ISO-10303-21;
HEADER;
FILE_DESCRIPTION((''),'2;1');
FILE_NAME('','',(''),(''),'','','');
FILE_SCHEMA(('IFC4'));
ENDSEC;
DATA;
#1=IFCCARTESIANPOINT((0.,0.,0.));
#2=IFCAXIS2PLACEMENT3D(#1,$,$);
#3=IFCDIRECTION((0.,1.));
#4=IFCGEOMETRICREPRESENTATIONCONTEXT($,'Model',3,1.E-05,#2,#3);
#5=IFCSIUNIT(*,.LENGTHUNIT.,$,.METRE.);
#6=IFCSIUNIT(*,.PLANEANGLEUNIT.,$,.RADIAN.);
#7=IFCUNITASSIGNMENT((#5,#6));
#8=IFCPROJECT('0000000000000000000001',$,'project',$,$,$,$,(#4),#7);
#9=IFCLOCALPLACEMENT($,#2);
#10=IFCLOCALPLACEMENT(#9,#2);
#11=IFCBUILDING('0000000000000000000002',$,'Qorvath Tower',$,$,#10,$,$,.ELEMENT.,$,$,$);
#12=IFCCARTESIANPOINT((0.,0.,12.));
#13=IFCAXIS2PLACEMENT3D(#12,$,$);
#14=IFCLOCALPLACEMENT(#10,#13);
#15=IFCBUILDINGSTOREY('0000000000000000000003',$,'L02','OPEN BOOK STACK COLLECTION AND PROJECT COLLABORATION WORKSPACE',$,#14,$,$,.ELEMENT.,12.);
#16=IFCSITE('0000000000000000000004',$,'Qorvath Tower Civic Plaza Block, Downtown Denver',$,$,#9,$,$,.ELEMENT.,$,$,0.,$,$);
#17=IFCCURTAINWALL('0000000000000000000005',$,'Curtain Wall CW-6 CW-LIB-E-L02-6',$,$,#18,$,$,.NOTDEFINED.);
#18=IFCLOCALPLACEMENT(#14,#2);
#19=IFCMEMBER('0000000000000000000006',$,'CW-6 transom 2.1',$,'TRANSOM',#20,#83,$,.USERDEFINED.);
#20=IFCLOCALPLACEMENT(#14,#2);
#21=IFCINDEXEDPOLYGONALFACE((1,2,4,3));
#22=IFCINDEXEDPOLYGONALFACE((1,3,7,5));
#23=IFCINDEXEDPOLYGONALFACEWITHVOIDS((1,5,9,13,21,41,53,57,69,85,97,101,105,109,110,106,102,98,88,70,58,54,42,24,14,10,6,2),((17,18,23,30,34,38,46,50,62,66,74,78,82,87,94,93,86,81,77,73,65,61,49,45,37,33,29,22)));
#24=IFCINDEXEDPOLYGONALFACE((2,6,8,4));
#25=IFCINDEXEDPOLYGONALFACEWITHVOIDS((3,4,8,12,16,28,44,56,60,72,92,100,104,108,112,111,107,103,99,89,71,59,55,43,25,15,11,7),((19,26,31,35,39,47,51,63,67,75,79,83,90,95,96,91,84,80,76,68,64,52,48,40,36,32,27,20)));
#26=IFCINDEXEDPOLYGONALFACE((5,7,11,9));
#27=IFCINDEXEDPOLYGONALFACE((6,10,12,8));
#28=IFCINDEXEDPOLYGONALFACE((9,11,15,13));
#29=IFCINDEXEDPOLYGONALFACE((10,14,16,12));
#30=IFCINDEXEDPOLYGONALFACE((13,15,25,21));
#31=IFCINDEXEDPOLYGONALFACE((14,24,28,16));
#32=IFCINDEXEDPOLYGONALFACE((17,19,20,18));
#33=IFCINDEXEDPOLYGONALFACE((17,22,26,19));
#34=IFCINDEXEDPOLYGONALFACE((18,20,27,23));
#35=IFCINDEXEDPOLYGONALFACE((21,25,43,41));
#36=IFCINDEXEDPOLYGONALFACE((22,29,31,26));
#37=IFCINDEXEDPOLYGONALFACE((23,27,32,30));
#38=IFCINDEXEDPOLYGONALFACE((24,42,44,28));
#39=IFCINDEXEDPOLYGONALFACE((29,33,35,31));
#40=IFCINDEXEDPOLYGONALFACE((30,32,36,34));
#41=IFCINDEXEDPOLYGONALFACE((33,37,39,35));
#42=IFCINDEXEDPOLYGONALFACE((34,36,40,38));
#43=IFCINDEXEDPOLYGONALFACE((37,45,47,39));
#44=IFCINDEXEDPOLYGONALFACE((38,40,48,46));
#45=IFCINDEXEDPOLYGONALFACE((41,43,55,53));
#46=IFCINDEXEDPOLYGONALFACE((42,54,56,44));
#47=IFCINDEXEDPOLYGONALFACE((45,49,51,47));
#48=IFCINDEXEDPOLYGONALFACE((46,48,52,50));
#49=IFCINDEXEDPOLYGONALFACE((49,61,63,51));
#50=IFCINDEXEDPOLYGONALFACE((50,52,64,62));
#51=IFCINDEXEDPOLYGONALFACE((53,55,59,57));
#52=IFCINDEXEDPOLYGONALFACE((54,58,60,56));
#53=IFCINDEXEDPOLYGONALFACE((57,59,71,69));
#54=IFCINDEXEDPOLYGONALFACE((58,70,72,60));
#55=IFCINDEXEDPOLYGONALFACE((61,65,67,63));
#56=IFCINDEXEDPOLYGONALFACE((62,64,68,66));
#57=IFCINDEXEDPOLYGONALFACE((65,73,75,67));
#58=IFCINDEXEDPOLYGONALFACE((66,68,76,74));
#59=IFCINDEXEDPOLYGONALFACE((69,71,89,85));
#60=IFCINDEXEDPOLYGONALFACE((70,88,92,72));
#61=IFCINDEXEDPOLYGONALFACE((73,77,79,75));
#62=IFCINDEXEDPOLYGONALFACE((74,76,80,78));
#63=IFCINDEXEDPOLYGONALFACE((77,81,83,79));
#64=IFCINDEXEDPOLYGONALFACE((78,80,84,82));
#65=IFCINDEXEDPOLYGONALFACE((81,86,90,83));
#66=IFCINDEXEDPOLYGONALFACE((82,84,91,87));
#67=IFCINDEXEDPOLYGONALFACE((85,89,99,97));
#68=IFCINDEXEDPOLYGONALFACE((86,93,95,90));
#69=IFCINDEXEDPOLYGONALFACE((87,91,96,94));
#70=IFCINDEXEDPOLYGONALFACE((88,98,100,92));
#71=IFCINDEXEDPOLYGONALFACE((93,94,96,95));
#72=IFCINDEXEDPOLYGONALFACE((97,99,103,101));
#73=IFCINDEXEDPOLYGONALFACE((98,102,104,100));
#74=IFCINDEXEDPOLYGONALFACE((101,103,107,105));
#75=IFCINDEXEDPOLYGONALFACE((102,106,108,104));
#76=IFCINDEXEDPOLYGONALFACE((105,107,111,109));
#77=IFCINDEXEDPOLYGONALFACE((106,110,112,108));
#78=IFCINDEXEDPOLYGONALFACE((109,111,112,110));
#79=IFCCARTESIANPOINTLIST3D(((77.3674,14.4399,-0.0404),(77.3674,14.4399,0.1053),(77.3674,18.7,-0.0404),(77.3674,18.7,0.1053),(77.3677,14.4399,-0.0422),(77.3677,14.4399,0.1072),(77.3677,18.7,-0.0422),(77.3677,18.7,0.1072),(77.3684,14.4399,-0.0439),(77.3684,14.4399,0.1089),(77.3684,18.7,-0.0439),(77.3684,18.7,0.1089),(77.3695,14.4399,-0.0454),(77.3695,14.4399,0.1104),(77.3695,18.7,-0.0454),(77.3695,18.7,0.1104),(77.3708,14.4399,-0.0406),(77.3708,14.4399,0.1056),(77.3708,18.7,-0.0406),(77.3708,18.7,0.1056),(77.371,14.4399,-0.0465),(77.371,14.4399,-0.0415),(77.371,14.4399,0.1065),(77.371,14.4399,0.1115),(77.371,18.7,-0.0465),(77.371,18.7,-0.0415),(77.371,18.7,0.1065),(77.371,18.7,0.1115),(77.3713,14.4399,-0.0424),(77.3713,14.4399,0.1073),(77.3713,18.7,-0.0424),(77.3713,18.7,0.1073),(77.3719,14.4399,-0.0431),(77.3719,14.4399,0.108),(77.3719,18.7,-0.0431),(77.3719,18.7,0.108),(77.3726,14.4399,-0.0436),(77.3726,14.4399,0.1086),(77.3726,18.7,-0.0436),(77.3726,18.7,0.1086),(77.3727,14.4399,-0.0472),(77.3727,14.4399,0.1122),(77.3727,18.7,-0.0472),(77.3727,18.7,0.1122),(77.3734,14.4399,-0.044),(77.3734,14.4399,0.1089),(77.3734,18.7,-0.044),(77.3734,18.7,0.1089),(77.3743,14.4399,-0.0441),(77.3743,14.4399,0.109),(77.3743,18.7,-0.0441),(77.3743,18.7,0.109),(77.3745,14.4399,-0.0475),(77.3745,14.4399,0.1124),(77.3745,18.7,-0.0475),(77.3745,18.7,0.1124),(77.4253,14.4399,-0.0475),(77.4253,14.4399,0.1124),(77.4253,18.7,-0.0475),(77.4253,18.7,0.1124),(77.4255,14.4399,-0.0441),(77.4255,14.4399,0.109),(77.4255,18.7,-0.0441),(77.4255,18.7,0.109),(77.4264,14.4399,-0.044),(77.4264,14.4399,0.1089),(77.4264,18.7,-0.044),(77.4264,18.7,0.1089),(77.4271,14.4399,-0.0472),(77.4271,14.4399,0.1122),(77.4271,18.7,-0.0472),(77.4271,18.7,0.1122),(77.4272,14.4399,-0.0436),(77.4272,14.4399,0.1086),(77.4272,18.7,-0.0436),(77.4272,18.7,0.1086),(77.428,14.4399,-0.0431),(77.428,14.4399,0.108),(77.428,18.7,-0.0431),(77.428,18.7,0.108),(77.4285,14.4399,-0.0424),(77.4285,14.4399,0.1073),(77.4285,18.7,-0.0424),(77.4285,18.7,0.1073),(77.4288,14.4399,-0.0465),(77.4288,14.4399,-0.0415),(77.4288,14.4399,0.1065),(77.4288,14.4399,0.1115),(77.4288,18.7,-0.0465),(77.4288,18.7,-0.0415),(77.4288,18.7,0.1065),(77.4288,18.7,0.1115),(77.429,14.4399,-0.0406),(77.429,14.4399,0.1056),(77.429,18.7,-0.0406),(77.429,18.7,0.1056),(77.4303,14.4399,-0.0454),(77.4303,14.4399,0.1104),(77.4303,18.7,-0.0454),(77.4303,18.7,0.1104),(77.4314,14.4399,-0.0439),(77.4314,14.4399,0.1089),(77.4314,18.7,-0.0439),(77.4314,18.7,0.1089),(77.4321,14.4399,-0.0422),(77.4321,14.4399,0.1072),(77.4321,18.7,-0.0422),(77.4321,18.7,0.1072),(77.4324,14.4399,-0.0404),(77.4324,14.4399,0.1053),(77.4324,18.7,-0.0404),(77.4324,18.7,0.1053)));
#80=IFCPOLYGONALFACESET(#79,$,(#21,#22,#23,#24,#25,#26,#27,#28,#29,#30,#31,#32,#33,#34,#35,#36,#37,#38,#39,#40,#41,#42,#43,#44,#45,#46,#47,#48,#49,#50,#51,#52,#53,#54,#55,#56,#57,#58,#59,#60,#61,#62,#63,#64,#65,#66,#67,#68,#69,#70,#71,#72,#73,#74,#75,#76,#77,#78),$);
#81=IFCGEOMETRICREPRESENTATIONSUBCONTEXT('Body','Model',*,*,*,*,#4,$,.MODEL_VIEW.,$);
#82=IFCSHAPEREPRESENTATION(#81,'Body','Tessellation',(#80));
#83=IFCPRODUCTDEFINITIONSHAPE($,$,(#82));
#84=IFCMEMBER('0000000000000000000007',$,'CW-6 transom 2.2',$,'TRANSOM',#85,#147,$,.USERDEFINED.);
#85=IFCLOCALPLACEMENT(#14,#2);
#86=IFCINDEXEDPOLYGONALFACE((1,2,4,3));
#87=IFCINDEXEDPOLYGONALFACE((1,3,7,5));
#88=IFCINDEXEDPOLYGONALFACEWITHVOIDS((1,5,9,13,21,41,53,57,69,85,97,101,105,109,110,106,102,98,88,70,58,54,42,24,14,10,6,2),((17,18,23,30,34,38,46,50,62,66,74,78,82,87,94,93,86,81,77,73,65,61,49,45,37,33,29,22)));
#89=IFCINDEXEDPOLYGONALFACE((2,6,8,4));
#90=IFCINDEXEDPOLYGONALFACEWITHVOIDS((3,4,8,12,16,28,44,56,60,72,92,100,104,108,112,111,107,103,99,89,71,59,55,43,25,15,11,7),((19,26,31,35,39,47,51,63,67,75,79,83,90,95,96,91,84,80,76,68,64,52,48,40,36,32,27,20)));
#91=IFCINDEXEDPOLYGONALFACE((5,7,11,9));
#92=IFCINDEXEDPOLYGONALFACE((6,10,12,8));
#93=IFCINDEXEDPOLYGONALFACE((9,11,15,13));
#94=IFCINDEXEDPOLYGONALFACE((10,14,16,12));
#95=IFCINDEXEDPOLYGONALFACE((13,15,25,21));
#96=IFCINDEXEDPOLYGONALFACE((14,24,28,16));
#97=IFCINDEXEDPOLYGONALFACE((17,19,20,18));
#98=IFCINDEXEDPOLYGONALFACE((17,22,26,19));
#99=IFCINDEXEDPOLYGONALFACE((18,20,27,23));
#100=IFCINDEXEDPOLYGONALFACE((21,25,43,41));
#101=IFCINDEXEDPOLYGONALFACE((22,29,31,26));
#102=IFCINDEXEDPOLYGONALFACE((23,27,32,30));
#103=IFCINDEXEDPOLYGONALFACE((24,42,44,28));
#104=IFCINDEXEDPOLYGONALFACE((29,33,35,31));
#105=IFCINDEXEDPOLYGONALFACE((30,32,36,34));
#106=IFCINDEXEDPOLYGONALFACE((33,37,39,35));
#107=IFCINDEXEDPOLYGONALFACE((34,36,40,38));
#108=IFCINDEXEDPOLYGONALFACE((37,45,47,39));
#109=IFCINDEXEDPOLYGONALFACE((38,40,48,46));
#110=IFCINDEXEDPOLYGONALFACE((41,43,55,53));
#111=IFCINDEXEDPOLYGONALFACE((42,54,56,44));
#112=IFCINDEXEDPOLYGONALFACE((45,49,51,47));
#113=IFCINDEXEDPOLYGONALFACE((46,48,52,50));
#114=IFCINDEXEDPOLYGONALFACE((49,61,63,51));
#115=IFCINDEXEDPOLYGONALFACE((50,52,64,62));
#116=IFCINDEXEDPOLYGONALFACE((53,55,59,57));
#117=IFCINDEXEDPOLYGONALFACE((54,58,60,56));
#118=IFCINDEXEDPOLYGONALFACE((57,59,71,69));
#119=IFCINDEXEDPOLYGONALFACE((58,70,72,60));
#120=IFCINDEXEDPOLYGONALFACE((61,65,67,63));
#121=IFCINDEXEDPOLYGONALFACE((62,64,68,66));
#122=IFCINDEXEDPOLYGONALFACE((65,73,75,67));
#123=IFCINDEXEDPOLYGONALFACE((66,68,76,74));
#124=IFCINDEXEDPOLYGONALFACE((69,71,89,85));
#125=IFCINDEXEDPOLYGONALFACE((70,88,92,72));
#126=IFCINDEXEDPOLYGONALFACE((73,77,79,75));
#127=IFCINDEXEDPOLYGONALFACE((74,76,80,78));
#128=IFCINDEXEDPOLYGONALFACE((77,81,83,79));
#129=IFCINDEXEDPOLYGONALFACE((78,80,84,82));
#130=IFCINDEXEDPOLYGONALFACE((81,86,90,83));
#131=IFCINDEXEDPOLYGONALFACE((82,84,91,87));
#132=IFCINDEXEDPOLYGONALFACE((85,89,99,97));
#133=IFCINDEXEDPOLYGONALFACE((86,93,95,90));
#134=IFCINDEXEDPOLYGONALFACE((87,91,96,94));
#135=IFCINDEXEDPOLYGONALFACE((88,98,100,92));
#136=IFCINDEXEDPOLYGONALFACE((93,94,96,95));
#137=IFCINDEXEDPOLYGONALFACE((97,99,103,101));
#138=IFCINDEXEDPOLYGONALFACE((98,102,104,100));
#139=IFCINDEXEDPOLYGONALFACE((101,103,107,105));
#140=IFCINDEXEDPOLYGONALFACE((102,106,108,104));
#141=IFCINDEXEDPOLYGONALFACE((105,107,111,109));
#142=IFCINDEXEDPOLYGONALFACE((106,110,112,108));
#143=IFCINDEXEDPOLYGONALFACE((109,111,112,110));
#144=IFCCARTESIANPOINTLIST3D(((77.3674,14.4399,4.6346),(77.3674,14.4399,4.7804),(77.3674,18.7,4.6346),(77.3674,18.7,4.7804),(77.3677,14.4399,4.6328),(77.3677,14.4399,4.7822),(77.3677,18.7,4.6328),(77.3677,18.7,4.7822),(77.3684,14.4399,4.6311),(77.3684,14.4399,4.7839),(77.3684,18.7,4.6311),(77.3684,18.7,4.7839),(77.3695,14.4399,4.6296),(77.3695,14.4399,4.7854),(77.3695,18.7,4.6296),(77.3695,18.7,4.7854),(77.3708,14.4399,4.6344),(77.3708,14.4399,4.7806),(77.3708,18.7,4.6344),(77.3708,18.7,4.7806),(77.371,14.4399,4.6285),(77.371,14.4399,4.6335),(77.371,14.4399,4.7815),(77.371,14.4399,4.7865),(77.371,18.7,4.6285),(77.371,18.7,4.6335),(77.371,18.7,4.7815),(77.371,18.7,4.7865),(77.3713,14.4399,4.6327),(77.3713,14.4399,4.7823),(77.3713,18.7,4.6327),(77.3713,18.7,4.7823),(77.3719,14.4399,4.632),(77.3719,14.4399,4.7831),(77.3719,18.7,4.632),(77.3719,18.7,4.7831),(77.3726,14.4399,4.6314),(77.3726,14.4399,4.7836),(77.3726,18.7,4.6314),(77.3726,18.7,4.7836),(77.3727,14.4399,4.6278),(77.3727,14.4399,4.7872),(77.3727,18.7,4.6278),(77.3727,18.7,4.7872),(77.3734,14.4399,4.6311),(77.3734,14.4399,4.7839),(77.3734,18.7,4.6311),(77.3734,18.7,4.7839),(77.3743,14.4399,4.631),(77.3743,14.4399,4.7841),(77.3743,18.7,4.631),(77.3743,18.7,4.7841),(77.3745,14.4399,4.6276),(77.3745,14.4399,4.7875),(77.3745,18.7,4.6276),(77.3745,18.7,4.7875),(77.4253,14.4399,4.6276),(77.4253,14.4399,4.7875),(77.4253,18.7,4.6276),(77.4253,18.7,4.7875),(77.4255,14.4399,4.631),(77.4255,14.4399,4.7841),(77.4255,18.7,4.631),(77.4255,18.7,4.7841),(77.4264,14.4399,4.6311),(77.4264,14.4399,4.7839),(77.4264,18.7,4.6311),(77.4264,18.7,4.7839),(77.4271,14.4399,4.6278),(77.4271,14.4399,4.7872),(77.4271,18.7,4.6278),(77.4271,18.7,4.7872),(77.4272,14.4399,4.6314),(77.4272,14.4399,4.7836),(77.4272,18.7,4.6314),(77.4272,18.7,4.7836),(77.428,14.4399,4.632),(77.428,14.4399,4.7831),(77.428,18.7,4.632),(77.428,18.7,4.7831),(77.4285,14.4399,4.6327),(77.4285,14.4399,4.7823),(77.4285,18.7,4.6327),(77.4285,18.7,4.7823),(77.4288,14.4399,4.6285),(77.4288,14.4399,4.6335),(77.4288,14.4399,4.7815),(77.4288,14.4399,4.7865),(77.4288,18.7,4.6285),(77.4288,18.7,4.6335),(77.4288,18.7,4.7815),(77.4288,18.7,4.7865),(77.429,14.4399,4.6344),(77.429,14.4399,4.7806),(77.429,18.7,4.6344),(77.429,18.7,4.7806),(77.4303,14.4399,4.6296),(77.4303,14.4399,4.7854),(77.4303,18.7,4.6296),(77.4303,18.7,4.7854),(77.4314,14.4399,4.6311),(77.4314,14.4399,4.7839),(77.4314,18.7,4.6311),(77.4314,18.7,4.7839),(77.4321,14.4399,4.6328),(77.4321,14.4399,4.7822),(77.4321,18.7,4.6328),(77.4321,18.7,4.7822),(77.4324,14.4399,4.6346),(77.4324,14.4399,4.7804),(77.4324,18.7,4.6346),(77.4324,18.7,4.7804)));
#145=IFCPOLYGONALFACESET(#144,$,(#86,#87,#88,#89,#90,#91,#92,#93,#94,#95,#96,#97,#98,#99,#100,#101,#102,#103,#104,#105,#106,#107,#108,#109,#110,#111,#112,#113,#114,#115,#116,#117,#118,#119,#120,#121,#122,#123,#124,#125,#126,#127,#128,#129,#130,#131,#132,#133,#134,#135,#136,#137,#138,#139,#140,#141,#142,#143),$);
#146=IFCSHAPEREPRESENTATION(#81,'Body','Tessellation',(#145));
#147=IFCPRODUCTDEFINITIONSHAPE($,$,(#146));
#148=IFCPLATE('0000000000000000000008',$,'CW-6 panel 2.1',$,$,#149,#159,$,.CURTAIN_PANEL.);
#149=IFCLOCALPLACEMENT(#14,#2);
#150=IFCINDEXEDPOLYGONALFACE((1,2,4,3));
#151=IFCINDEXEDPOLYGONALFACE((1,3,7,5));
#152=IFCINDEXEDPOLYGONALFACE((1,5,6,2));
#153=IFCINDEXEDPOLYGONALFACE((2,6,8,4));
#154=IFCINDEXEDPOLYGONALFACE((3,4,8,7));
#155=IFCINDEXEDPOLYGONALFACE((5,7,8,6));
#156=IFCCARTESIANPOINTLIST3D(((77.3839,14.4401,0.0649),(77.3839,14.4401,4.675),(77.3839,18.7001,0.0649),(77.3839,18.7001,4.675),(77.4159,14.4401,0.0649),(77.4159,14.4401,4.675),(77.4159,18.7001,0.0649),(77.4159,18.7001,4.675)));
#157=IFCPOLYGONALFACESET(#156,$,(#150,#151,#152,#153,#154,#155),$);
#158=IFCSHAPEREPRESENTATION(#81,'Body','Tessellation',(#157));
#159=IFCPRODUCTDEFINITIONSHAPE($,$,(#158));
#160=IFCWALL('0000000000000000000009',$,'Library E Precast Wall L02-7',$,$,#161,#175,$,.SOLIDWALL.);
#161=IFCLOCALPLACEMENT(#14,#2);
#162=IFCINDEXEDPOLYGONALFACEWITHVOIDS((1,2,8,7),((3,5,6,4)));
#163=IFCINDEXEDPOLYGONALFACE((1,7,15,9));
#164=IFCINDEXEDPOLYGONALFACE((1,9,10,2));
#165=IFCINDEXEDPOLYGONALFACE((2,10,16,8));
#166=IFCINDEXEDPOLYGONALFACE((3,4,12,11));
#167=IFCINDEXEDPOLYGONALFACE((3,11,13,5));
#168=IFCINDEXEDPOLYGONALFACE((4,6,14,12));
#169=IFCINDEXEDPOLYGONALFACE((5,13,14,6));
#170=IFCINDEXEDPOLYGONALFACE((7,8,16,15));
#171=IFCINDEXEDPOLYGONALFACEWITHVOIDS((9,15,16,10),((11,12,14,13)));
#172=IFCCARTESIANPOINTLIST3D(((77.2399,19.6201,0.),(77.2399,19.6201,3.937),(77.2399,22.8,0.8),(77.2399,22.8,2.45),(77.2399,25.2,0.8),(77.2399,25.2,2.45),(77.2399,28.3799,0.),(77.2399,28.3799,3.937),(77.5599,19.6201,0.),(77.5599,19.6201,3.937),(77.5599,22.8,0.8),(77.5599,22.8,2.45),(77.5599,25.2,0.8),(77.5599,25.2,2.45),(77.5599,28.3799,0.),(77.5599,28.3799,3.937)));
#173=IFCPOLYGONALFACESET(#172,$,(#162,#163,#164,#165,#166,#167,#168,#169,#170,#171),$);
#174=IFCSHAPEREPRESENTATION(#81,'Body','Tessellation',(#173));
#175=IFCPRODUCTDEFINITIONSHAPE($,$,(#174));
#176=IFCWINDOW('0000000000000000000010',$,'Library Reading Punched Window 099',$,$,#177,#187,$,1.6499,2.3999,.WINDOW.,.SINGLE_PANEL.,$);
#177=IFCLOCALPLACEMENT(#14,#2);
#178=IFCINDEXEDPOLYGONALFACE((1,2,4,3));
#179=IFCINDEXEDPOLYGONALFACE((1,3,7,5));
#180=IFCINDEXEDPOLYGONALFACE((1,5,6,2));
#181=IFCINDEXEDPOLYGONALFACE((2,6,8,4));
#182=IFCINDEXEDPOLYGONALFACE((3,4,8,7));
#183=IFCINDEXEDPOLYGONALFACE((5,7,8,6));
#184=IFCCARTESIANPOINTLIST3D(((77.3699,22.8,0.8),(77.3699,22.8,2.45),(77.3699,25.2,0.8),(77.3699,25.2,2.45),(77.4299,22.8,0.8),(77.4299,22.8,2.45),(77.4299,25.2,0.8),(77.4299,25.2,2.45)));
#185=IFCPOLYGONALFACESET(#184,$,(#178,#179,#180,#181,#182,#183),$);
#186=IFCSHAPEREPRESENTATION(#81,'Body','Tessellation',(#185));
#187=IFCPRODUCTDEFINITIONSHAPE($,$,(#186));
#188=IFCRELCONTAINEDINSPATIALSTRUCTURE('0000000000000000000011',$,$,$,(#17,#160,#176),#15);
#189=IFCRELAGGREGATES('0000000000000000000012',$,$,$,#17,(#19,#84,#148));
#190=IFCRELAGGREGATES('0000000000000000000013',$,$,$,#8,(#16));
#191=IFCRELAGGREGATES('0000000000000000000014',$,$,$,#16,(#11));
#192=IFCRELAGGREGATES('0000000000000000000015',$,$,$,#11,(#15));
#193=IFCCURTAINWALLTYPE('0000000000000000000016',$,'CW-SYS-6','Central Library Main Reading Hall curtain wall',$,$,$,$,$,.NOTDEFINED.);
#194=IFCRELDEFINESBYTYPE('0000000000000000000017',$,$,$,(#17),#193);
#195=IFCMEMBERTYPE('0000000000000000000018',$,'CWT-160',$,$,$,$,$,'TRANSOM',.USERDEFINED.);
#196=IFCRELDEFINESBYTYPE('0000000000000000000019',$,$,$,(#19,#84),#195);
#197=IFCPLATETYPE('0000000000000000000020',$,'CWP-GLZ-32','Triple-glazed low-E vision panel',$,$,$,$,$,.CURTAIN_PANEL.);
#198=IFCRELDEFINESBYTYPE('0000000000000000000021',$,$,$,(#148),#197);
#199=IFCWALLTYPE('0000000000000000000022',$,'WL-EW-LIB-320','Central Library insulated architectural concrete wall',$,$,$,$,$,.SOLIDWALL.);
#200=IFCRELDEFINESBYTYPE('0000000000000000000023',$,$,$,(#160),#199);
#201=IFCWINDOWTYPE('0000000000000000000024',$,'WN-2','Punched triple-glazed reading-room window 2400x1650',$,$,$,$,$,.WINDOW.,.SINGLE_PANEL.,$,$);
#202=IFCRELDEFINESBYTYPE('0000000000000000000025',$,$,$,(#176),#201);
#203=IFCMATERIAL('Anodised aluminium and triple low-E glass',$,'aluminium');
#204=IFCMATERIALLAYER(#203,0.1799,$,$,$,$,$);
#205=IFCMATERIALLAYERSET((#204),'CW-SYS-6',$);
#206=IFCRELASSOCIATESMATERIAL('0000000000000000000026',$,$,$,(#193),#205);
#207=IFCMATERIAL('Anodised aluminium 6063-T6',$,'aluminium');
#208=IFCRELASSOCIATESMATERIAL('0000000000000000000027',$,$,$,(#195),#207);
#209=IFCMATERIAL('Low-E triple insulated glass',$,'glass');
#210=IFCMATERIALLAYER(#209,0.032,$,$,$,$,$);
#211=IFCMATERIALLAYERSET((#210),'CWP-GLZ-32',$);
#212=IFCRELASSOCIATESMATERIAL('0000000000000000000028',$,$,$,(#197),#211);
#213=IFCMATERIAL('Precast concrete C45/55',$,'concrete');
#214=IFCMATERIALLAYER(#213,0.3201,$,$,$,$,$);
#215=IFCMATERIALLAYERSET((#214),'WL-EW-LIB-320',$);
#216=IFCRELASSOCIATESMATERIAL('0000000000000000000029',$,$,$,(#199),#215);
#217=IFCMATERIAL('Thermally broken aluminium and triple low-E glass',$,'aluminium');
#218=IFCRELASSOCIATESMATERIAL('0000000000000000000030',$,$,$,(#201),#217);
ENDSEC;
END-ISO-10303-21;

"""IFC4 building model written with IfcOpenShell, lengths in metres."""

from ifc_helpers import new_model, si_unit, direction, frame, frame_2d, origin, origin_2d, place, context, subcontext, project, spatial, rectangle, hollow_rectangle, extrude, material, layer, layer_set, material_profile, profile_set, type_object, element, fill, aggregate, save


model = new_model("IFC4")

# Units and contexts
model_context = context("Model", 3, precision=1e-05, world=origin(), true_north=direction((0.0, 1.0)))
body_context = subcontext(model_context, "Body", "Model", "MODEL_VIEW")
ifc_project = project(units=[si_unit("LENGTHUNIT", "METRE"), si_unit("PLANEANGLEUNIT", "RADIAN")], contexts=[model_context])

# Site, building, storey
site_placement = place(None, origin())
site = spatial("IfcSite", under=ifc_project, at=site_placement, Name="Qorvath Tower Civic Plaza Block, Downtown Denver", CompositionType="ELEMENT", RefElevation=0.0)
building_placement = place(site_placement, origin())
building = spatial("IfcBuilding", under=site, at=building_placement, Name="Qorvath Tower", CompositionType="ELEMENT")
storey_placement = place(building_placement, frame((0.0, 0.0, 12.0)))
storey = spatial("IfcBuildingStorey", under=building, at=storey_placement, Name="L02", Description="OPEN BOOK STACK COLLECTION AND PROJECT COLLABORATION WORKSPACE", CompositionType="ELEMENT", Elevation=12.0)

# Curtain wall, members, plate
ifc_material_1 = material(Name="Anodised aluminium and triple low-E glass", Category="aluminium")
ifc_layer_1 = layer(ifc_material_1, 0.1799)
ifc_layer_set_1 = layer_set([ifc_layer_1], Name="CW-SYS-6")
curtain_wall_type = type_object("IfcCurtainWallType", Name="CW-SYS-6", Description="Central Library Main Reading Hall curtain wall", PredefinedType="NOTDEFINED", material=ifc_layer_set_1)
curtain_wall_placement = place(storey_placement, origin())
curtain_wall = element("IfcCurtainWall", 1, at=curtain_wall_placement, inside=storey, type_object=curtain_wall_type, Name="Curtain Wall CW-6 CW-LIB-E-L02-6", PredefinedType="NOTDEFINED")
ifc_material_2 = material(Name="Anodised aluminium 6063-T6", Category="aluminium")
ifc_material_profile_1 = material_profile(ifc_material_2, hollow_rectangle(XDim=0.0649, YDim=0.1599, WallThickness=0.0034, InnerFilletRadius=0.0034, OuterFilletRadius=0.0071, at=origin_2d()), Name="CWT 160x65")
ifc_profile_set_1 = profile_set([ifc_material_profile_1], Name="Anodised aluminium 6063-T6")
member_type_1 = type_object("IfcMemberType", Name="CWT-160", ElementType="TRANSOM", PredefinedType="USERDEFINED", material=ifc_profile_set_1)
member_1_placement = place(storey_placement, frame((77.3999, 14.4399, 0.0325), z_axis=(0.0, 1.0, 0.0), x_axis=(-1.0, 0.0, 0.0)))
member_1 = element("IfcMember", 2, at=member_1_placement, type_object=member_type_1, Name="CW-6 transom 2.1", ObjectType="TRANSOM", PredefinedType="USERDEFINED", context=body_context, shape_type="SweptSolid", body=[
    extrude(hollow_rectangle(XDim=0.0649, YDim=0.1599, WallThickness=0.0034, InnerFilletRadius=0.0034, OuterFilletRadius=0.0071, at=origin_2d()), origin(), (0.0, 0.0, 1.0), 4.26),
])
member_2_placement = place(storey_placement, frame((77.3999, 14.4399, 4.7075), z_axis=(0.0, 1.0, 0.0), x_axis=(-1.0, 0.0, 0.0)))
member_2 = element("IfcMember", 3, at=member_2_placement, type_object=member_type_1, Name="CW-6 transom 2.2", ObjectType="TRANSOM", PredefinedType="USERDEFINED", context=body_context, shape_type="SweptSolid", body=[
    extrude(hollow_rectangle(XDim=0.0649, YDim=0.1599, WallThickness=0.0034, InnerFilletRadius=0.0034, OuterFilletRadius=0.0071, at=origin_2d()), origin(), (0.0, 0.0, 1.0), 4.26),
])
ifc_material_3 = material(Name="Low-E triple insulated glass", Category="glass")
ifc_layer_2 = layer(ifc_material_3, 0.032)
ifc_layer_set_2 = layer_set([ifc_layer_2], Name="CWP-GLZ-32")
plate_type = type_object("IfcPlateType", Name="CWP-GLZ-32", Description="Triple-glazed low-E vision panel", PredefinedType="CURTAIN_PANEL", material=ifc_layer_set_2)
plate_placement = place(storey_placement, frame((77.3999, 16.5701, 0.0649), z_axis=(0.0, 0.0, 1.0), x_axis=(0.0, 1.0, 0.0)))
plate = element("IfcPlate", 4, at=plate_placement, type_object=plate_type, Name="CW-6 panel 2.1", PredefinedType="CURTAIN_PANEL", context=body_context, shape_type="SweptSolid", body=[
    extrude(rectangle(XDim=4.26, YDim=0.032, at=origin_2d()), origin(), (0.0, 0.0, 1.0), 4.6101),
])
aggregate(curtain_wall, [member_1, member_2, plate])

# Wall, opening, window
ifc_material_4 = material(Name="Precast concrete C45/55", Category="concrete")
ifc_layer_3 = layer(ifc_material_4, 0.3201)
ifc_layer_set_3 = layer_set([ifc_layer_3], Name="WL-EW-LIB-320")
wall_type = type_object("IfcWallType", Name="WL-EW-LIB-320", Description="Central Library insulated architectural concrete wall", PredefinedType="SOLIDWALL", material=ifc_layer_set_3)
wall_placement = place(storey_placement, frame((77.3999, 28.3799, 0.0), z_axis=(0.0, 0.0, 1.0), x_axis=(0.0, -1.0, 0.0)))
wall = element("IfcWall", 5, at=wall_placement, inside=storey, type_object=wall_type, Name="Library E Precast Wall L02-7", PredefinedType="SOLIDWALL", context=body_context, shape_type="SweptSolid", body=[
    extrude(rectangle(XDim=8.7598, YDim=0.3201, at=frame_2d((4.3799, 0.0))), origin(), (0.0, 0.0, 1.0), 3.937),
])
opening_placement = place(wall_placement, frame((3.1799, 0.0, 0.8)))
opening = element("IfcOpeningElement", 6, at=opening_placement, cuts=wall, PredefinedType="OPENING", context=body_context, shape_type="SweptSolid", body=[
    extrude(rectangle(XDim=2.3999, YDim=1.6499, at=frame_2d((1.2, 0.825))), frame((0.0, 0.1699, 0.0), z_axis=(0.0, -1.0, 0.0), x_axis=(1.0, 0.0, 0.0)), (0.0, 0.0, 1.0), 0.3401),
])
ifc_material_5 = material(Name="Thermally broken aluminium and triple low-E glass", Category="aluminium")
window_type = type_object("IfcWindowType", Name="WN-2", Description="Punched triple-glazed reading-room window 2400x1650", PartitioningType="SINGLE_PANEL", PredefinedType="WINDOW", material=ifc_material_5)
window_placement = place(opening_placement, origin())
window = element("IfcWindow", 7, at=window_placement, inside=storey, type_object=window_type, Name="Library Reading Punched Window 099", OverallHeight=1.6499, OverallWidth=2.3999, PartitioningType="SINGLE_PANEL", PredefinedType="WINDOW", context=body_context, shape_type="SweptSolid", body=[
    extrude(rectangle(XDim=2.3999, YDim=1.6499, at=frame_2d((1.2, 0.825))), frame((0.0, 0.03, 0.0), z_axis=(0.0, -1.0, 0.0), x_axis=(1.0, 0.0, 0.0)), (0.0, 0.0, 1.0), 0.0601),
])
fill(opening, window)

save(model, "model.ifc")
